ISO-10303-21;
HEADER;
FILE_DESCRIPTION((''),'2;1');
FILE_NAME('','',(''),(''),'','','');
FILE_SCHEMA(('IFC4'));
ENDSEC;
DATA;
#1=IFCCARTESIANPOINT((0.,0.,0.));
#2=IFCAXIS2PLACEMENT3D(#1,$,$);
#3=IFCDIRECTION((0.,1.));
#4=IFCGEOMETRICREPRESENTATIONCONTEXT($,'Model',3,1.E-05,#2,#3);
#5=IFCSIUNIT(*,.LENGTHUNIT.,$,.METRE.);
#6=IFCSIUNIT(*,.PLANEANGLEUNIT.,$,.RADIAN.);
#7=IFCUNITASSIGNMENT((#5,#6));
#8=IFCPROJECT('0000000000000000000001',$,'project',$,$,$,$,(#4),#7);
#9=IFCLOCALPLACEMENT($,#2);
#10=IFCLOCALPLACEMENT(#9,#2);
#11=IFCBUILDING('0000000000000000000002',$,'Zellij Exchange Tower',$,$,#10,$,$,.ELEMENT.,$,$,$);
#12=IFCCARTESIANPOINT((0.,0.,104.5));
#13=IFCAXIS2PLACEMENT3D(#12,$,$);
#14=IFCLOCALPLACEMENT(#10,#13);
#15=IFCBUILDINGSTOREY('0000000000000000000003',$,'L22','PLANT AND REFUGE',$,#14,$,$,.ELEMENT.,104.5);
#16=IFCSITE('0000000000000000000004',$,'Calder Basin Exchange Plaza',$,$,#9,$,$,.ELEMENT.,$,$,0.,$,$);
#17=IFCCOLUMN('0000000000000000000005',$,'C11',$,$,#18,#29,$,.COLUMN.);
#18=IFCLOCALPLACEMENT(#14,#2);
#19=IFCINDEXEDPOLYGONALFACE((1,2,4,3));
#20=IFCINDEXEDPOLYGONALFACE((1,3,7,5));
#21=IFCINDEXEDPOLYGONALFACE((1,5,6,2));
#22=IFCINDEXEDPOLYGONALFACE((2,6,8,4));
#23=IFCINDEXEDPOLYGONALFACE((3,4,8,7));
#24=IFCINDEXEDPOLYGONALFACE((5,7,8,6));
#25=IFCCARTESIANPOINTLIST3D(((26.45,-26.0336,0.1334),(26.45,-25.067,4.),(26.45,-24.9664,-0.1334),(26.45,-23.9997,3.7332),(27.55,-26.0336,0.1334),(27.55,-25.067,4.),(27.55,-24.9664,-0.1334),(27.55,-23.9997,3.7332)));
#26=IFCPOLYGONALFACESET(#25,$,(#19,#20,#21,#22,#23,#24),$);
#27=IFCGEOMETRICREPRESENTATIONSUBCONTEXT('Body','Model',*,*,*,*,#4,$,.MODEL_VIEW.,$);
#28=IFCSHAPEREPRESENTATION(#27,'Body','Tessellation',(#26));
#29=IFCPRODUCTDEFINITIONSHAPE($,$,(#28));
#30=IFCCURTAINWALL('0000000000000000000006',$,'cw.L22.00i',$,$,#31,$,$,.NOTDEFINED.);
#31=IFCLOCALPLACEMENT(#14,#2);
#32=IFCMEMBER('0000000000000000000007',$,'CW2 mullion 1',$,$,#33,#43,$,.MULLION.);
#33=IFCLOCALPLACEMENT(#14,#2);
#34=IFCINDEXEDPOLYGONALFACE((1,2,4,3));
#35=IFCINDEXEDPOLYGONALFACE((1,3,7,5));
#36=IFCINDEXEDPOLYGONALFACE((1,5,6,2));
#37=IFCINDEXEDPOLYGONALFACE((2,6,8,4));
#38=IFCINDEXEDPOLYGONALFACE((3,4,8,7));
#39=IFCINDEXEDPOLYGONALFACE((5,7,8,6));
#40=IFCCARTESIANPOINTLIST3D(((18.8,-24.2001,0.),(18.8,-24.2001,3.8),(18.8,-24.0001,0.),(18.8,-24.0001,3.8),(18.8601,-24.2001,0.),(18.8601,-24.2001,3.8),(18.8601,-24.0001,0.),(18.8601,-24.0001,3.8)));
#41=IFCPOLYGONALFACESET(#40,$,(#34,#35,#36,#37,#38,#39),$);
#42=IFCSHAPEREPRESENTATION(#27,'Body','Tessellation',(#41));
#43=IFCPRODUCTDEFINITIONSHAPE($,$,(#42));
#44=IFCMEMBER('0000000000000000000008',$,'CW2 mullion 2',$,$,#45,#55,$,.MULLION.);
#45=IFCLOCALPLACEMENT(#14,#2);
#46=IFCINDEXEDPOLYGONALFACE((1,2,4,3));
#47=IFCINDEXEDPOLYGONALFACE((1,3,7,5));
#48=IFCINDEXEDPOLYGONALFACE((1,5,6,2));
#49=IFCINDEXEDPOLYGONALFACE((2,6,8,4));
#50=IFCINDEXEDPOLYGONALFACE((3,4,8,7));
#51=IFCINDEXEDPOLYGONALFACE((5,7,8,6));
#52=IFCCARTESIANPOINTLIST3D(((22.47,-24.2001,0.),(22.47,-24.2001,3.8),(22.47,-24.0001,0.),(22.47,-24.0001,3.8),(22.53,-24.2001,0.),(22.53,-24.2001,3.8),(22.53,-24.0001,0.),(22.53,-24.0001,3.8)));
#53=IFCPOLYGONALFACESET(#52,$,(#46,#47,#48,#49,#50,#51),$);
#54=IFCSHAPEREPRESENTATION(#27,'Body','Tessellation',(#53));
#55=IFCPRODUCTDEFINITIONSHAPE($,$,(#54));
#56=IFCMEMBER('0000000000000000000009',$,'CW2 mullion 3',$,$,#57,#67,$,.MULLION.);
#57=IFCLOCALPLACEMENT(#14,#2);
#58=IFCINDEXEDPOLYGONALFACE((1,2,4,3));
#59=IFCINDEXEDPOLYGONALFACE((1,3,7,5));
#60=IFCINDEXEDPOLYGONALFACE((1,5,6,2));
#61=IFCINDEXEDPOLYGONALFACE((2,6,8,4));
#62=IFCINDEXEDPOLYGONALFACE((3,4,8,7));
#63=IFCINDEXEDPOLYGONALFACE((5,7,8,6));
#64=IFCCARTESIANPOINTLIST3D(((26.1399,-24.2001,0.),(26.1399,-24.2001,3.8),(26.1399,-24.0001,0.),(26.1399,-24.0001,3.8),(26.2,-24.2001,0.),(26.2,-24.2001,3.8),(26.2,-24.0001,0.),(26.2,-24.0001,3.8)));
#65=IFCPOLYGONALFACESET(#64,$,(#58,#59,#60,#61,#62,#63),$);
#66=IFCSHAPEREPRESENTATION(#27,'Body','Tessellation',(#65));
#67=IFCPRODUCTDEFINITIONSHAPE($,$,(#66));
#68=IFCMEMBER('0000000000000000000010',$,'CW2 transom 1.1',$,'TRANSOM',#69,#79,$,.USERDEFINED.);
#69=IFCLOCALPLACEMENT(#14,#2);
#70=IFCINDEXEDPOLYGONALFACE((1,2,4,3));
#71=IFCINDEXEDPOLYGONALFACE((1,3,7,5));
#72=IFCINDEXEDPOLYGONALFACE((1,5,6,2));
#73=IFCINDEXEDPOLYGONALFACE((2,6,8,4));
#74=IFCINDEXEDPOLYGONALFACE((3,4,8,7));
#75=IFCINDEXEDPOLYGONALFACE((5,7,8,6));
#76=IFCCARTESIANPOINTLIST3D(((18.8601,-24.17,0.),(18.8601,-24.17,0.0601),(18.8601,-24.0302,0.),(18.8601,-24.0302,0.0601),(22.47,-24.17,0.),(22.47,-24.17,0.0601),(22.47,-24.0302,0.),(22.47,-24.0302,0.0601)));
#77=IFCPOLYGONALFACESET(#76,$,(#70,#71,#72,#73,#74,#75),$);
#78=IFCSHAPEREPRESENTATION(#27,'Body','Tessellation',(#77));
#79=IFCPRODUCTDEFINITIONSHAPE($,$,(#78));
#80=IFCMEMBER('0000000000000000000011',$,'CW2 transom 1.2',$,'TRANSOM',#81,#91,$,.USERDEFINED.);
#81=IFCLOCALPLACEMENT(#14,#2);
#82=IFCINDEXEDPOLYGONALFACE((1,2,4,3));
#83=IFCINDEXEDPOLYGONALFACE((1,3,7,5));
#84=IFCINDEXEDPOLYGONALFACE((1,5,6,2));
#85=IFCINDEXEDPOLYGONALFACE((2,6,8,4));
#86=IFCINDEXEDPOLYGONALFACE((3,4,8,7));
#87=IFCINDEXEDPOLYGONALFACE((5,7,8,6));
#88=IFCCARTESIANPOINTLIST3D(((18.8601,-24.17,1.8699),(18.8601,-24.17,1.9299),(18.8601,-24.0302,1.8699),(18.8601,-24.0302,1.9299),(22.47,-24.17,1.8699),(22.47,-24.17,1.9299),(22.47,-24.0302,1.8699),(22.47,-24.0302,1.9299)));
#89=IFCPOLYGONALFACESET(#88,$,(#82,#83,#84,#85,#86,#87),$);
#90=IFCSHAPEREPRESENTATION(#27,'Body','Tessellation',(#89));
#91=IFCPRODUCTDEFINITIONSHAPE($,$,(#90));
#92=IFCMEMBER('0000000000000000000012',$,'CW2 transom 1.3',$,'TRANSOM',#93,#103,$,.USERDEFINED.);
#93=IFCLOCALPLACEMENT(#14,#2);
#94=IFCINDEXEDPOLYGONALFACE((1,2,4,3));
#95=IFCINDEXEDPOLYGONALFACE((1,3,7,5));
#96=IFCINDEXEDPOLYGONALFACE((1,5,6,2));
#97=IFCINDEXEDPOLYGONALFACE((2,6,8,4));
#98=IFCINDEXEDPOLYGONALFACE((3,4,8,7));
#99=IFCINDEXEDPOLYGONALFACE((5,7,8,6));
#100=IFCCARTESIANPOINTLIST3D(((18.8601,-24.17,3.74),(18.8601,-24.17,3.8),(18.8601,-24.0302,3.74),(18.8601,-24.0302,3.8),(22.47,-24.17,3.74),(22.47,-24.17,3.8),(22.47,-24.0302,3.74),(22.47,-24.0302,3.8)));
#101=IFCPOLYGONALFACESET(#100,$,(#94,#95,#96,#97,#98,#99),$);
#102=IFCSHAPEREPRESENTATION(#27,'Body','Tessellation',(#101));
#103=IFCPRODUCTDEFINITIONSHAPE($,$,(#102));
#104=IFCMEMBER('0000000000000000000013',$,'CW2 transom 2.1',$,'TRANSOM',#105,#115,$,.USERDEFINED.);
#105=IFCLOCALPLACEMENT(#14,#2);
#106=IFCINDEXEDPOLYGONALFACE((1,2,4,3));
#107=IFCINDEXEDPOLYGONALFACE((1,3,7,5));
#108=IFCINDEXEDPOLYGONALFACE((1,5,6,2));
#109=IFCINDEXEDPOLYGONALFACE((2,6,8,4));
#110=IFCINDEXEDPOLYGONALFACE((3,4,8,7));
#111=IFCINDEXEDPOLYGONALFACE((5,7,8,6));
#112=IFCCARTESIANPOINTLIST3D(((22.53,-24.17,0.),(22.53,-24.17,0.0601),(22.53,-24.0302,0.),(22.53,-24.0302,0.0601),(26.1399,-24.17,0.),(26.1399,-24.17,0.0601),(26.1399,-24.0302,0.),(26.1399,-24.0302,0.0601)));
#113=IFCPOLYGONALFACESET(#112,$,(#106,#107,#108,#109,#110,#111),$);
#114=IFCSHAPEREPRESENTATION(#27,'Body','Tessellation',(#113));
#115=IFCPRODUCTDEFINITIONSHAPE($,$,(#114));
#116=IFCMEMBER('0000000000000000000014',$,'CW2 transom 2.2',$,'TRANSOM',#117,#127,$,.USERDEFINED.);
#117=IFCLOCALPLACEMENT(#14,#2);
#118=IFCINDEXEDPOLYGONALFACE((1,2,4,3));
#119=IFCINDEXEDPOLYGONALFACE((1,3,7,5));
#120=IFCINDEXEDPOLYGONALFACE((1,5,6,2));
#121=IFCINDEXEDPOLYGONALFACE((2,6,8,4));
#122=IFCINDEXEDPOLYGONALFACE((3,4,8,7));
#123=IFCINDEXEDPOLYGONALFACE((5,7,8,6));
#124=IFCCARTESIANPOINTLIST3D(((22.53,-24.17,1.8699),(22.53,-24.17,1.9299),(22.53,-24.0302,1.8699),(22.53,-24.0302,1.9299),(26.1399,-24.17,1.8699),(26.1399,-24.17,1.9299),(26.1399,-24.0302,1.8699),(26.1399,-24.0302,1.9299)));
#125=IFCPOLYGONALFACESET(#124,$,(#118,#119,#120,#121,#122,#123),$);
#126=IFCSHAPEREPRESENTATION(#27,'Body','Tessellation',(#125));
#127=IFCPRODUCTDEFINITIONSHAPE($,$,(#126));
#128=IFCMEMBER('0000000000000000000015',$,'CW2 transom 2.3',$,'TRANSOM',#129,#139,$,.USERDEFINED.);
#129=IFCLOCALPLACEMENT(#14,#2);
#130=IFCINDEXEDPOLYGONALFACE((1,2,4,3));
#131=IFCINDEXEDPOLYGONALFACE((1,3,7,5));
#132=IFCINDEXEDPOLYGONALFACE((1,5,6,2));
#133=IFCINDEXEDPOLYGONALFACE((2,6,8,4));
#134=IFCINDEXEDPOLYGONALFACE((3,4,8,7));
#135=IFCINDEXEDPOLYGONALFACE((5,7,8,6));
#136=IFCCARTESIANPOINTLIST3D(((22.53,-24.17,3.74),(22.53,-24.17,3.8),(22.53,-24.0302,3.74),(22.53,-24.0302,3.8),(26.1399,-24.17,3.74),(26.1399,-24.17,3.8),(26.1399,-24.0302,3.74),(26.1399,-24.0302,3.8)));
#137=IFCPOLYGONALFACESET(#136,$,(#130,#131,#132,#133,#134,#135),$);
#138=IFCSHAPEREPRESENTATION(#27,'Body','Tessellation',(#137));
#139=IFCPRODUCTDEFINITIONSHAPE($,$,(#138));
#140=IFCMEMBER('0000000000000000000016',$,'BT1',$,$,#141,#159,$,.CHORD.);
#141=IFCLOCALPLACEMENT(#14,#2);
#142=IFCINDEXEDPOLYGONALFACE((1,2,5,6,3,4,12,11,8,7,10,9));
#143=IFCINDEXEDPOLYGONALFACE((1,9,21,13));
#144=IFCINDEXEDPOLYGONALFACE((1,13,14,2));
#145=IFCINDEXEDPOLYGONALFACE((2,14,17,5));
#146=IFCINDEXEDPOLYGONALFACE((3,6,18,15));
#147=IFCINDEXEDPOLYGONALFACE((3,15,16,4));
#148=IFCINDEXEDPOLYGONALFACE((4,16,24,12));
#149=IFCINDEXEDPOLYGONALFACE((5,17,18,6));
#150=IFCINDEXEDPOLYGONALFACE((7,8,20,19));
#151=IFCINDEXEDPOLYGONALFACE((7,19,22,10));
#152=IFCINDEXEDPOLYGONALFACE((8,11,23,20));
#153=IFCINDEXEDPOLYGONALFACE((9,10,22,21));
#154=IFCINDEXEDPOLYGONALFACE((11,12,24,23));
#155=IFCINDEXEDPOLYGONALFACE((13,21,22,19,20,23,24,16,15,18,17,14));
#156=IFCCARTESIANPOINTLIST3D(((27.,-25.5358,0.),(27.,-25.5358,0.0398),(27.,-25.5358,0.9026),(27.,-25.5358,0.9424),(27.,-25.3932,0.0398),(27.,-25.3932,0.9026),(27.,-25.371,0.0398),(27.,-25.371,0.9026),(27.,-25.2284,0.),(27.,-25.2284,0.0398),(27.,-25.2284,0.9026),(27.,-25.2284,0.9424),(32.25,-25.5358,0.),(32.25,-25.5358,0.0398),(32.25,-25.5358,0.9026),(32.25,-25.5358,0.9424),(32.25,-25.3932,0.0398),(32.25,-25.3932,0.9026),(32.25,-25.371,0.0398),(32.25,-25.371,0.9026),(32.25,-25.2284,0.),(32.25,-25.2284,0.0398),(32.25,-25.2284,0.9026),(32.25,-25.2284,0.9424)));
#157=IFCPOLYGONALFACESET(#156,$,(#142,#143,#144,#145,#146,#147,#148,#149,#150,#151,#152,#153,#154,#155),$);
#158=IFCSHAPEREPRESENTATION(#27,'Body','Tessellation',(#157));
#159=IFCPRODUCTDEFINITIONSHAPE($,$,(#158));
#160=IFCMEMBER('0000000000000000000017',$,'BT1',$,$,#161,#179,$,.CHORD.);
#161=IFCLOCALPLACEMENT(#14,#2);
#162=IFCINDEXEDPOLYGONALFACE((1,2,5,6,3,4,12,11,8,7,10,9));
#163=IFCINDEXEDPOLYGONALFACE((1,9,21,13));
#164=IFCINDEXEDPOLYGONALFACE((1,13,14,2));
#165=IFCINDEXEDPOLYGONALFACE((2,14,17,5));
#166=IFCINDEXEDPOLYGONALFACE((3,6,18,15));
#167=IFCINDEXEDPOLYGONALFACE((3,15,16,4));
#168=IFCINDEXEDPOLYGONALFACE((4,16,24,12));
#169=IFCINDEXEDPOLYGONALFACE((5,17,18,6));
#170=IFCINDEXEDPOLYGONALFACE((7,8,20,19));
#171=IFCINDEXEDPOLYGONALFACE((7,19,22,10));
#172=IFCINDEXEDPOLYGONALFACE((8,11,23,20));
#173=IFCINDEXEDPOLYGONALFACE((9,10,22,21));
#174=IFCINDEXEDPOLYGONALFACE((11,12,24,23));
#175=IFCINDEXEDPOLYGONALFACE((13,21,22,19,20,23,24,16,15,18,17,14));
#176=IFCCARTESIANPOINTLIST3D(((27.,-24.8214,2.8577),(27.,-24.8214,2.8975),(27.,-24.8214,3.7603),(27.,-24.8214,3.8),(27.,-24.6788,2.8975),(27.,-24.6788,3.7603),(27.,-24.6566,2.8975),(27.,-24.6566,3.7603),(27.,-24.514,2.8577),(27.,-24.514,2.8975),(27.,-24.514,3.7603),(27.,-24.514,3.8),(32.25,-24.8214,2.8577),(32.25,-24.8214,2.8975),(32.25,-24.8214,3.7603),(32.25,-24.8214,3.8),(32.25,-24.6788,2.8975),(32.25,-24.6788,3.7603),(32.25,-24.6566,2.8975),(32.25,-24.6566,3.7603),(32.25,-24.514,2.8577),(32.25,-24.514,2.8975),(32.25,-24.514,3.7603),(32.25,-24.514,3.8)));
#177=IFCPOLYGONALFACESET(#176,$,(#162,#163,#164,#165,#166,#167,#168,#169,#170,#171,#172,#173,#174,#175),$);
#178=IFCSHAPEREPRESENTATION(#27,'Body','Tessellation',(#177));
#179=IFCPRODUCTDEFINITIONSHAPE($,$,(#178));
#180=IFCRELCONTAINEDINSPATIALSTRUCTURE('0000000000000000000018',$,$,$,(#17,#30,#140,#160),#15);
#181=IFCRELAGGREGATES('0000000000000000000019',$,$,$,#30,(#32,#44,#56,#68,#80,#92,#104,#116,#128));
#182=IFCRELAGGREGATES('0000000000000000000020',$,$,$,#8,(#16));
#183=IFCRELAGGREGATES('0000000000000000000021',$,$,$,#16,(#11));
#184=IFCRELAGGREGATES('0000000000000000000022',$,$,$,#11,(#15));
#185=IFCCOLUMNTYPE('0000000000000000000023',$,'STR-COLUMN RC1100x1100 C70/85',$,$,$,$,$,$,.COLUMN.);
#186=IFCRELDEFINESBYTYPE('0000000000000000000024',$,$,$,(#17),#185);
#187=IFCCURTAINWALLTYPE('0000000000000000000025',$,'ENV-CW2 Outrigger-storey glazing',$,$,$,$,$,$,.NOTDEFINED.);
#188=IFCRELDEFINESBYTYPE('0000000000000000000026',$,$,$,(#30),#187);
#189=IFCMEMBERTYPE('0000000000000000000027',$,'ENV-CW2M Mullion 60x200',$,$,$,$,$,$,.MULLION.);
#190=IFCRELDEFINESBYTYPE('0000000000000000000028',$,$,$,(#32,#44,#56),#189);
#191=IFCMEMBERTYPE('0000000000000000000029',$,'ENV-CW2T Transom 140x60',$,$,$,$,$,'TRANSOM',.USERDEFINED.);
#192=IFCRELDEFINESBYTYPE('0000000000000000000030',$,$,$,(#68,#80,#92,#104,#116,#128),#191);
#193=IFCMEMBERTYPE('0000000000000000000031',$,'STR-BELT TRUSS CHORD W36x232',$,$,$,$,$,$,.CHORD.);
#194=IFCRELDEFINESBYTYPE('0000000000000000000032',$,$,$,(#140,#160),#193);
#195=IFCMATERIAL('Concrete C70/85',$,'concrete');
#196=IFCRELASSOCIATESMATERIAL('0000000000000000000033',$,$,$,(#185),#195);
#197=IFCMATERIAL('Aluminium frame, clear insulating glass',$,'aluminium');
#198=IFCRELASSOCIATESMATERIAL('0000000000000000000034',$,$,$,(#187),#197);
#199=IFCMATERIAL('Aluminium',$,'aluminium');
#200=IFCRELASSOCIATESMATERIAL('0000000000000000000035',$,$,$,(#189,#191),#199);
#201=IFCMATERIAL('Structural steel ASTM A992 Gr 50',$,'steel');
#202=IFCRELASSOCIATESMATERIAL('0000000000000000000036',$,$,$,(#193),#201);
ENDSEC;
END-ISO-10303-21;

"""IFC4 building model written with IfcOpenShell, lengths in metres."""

from ifc_helpers import new_model, si_unit, direction, frame, origin, origin_2d, place, context, subcontext, project, spatial, rectangle, i_section, extrude, clip, halfspace, material, material_profile, profile_set, type_object, element, aggregate, save


model = new_model("IFC4")

# Units and contexts
model_context = context("Model", 3, precision=1e-05, world=origin(), true_north=direction((0.0, 1.0)))
body_context = subcontext(model_context, "Body", "Model", "MODEL_VIEW")
ifc_project = project(units=[si_unit("LENGTHUNIT", "METRE"), si_unit("PLANEANGLEUNIT", "RADIAN")], contexts=[model_context])

# Site, building, storey
site_placement = place(None, origin())
site = spatial("IfcSite", under=ifc_project, at=site_placement, Name="Calder Basin Exchange Plaza", CompositionType="ELEMENT", RefElevation=0.0)
building_placement = place(site_placement, origin())
building = spatial("IfcBuilding", under=site, at=building_placement, Name="Zellij Exchange Tower", CompositionType="ELEMENT")
storey_placement = place(building_placement, frame((0.0, 0.0, 104.5)))
storey = spatial("IfcBuildingStorey", under=building, at=storey_placement, Name="L22", Description="PLANT AND REFUGE", CompositionType="ELEMENT", Elevation=104.5)

# Column
ifc_material_1 = material(Name="Concrete C70/85", Category="concrete")
ifc_material_profile_1 = material_profile(ifc_material_1, rectangle(XDim=1.1001, YDim=1.1001, at=origin_2d()), Name="STR-COLUMN RC1100x1100 C70/85")
ifc_profile_set_1 = profile_set([ifc_material_profile_1], Name="Concrete C70/85")
column_type = type_object("IfcColumnType", Name="STR-COLUMN RC1100x1100 C70/85", PredefinedType="COLUMN", material=ifc_profile_set_1)
column_placement = place(storey_placement, frame((27.0, -25.5, 0.0), z_axis=(0.0, 0.242536, 0.970143), x_axis=(-1.0, 0.0, 0.0)))
element("IfcColumn", 1, at=column_placement, inside=storey, type_object=column_type, Name="C11", PredefinedType="COLUMN", context=body_context, shape_type="Clipping", body=[
    clip(extrude(rectangle(XDim=1.1001, YDim=1.1001, at=origin_2d()), origin(), (0.0, 0.0, 1.0), 4.123), halfspace(frame((0.0, 0.0, 3.9856)), False)),
])

# Curtain wall, members
ifc_material_2 = material(Name="Aluminium frame, clear insulating glass", Category="aluminium")
curtain_wall_type = type_object("IfcCurtainWallType", Name="ENV-CW2 Outrigger-storey glazing", PredefinedType="NOTDEFINED", material=ifc_material_2)
curtain_wall_placement = place(storey_placement, origin())
curtain_wall = element("IfcCurtainWall", 2, at=curtain_wall_placement, inside=storey, type_object=curtain_wall_type, Name="cw.L22.00i", PredefinedType="NOTDEFINED")
ifc_material_3 = material(Name="Aluminium", Category="aluminium")
ifc_material_profile_2 = material_profile(ifc_material_3, rectangle(XDim=0.0601, YDim=0.2, at=origin_2d()), Name="AL 60x200")
ifc_profile_set_2 = profile_set([ifc_material_profile_2], Name="Aluminium")
member_type_1 = type_object("IfcMemberType", Name="ENV-CW2M Mullion 60x200", PredefinedType="MULLION", material=ifc_profile_set_2)
member_1_placement = place(storey_placement, frame((18.8301, -24.1001, 0.0), z_axis=(0.0, 0.0, 1.0), x_axis=(1.0, 0.0, 0.0)))
member_1 = element("IfcMember", 3, at=member_1_placement, type_object=member_type_1, Name="CW2 mullion 1", PredefinedType="MULLION", context=body_context, shape_type="SweptSolid", body=[
    extrude(rectangle(XDim=0.0601, YDim=0.2, at=origin_2d()), origin(), (0.0, 0.0, 1.0), 3.8),
])
member_2_placement = place(storey_placement, frame((22.5, -24.1001, 0.0), z_axis=(0.0, 0.0, 1.0), x_axis=(1.0, 0.0, 0.0)))
member_2 = element("IfcMember", 4, at=member_2_placement, type_object=member_type_1, Name="CW2 mullion 2", PredefinedType="MULLION", context=body_context, shape_type="SweptSolid", body=[
    extrude(rectangle(XDim=0.0601, YDim=0.2, at=origin_2d()), origin(), (0.0, 0.0, 1.0), 3.8),
])
member_3_placement = place(storey_placement, frame((26.1699, -24.1001, 0.0), z_axis=(0.0, 0.0, 1.0), x_axis=(1.0, 0.0, 0.0)))
member_3 = element("IfcMember", 5, at=member_3_placement, type_object=member_type_1, Name="CW2 mullion 3", PredefinedType="MULLION", context=body_context, shape_type="SweptSolid", body=[
    extrude(rectangle(XDim=0.0601, YDim=0.2, at=origin_2d()), origin(), (0.0, 0.0, 1.0), 3.8),
])
ifc_material_profile_3 = material_profile(ifc_material_3, rectangle(XDim=0.1399, YDim=0.0601, at=origin_2d()), Name="AL 140x60")
ifc_profile_set_3 = profile_set([ifc_material_profile_3], Name="Aluminium")
member_type_2 = type_object("IfcMemberType", Name="ENV-CW2T Transom 140x60", ElementType="TRANSOM", PredefinedType="USERDEFINED", material=ifc_profile_set_3)
member_4_placement = place(storey_placement, frame((18.8601, -24.1001, 0.03), z_axis=(1.0, 0.0, 0.0), x_axis=(0.0, 1.0, 0.0)))
member_4 = element("IfcMember", 6, at=member_4_placement, type_object=member_type_2, Name="CW2 transom 1.1", ObjectType="TRANSOM", PredefinedType="USERDEFINED", context=body_context, shape_type="SweptSolid", body=[
    extrude(rectangle(XDim=0.1399, YDim=0.0601, at=origin_2d()), origin(), (0.0, 0.0, 1.0), 3.6099),
])
member_5_placement = place(storey_placement, frame((18.8601, -24.1001, 1.8999), z_axis=(1.0, 0.0, 0.0), x_axis=(0.0, 1.0, 0.0)))
member_5 = element("IfcMember", 7, at=member_5_placement, type_object=member_type_2, Name="CW2 transom 1.2", ObjectType="TRANSOM", PredefinedType="USERDEFINED", context=body_context, shape_type="SweptSolid", body=[
    extrude(rectangle(XDim=0.1399, YDim=0.0601, at=origin_2d()), origin(), (0.0, 0.0, 1.0), 3.6099),
])
member_6_placement = place(storey_placement, frame((18.8601, -24.1001, 3.77), z_axis=(1.0, 0.0, 0.0), x_axis=(0.0, 1.0, 0.0)))
member_6 = element("IfcMember", 8, at=member_6_placement, type_object=member_type_2, Name="CW2 transom 1.3", ObjectType="TRANSOM", PredefinedType="USERDEFINED", context=body_context, shape_type="SweptSolid", body=[
    extrude(rectangle(XDim=0.1399, YDim=0.0601, at=origin_2d()), origin(), (0.0, 0.0, 1.0), 3.6099),
])
member_7_placement = place(storey_placement, frame((22.53, -24.1001, 0.03), z_axis=(1.0, 0.0, 0.0), x_axis=(0.0, 1.0, 0.0)))
member_7 = element("IfcMember", 9, at=member_7_placement, type_object=member_type_2, Name="CW2 transom 2.1", ObjectType="TRANSOM", PredefinedType="USERDEFINED", context=body_context, shape_type="SweptSolid", body=[
    extrude(rectangle(XDim=0.1399, YDim=0.0601, at=origin_2d()), origin(), (0.0, 0.0, 1.0), 3.6099),
])
member_8_placement = place(storey_placement, frame((22.53, -24.1001, 1.8999), z_axis=(1.0, 0.0, 0.0), x_axis=(0.0, 1.0, 0.0)))
member_8 = element("IfcMember", 10, at=member_8_placement, type_object=member_type_2, Name="CW2 transom 2.2", ObjectType="TRANSOM", PredefinedType="USERDEFINED", context=body_context, shape_type="SweptSolid", body=[
    extrude(rectangle(XDim=0.1399, YDim=0.0601, at=origin_2d()), origin(), (0.0, 0.0, 1.0), 3.6099),
])
member_9_placement = place(storey_placement, frame((22.53, -24.1001, 3.77), z_axis=(1.0, 0.0, 0.0), x_axis=(0.0, 1.0, 0.0)))
member_9 = element("IfcMember", 11, at=member_9_placement, type_object=member_type_2, Name="CW2 transom 2.3", ObjectType="TRANSOM", PredefinedType="USERDEFINED", context=body_context, shape_type="SweptSolid", body=[
    extrude(rectangle(XDim=0.1399, YDim=0.0601, at=origin_2d()), origin(), (0.0, 0.0, 1.0), 3.6099),
])

# Members
ifc_material_4 = material(Name="Structural steel ASTM A992 Gr 50", Category="steel")
ifc_material_profile_4 = material_profile(ifc_material_4, i_section(OverallWidth=0.3074, OverallDepth=0.9424, WebThickness=0.0222, FlangeThickness=0.0398, at=origin_2d()), Name="W36x232")
ifc_profile_set_4 = profile_set([ifc_material_profile_4], Name="Structural steel ASTM A992 Gr 50")
member_type_3 = type_object("IfcMemberType", Name="STR-BELT TRUSS CHORD W36x232", PredefinedType="CHORD", material=ifc_profile_set_4)
for number, where, z_axis, x_axis, name in (
    (12, (27.0, -25.3821, 0.4712), (1.0, 0.0, 0.0), (0.0, 1.0, 0.0), "BT1"),
    (13, (27.0, -24.6677, 3.3289), (1.0, 0.0, 0.0), (0.0, 1.0, 0.0), "BT1"),
):
    element("IfcMember", number, at=place(storey_placement, frame(where, z_axis=z_axis, x_axis=x_axis)), inside=storey, type_object=member_type_3, Name=name, PredefinedType="CHORD", context=body_context, shape_type="SweptSolid", body=[
        extrude(i_section(OverallWidth=0.3074, OverallDepth=0.9424, WebThickness=0.0222, FlangeThickness=0.0398, at=origin_2d()), origin(), (0.0, 0.0, 1.0), 5.25),
    ])

aggregate(curtain_wall, [member_1, member_2, member_3, member_4, member_5, member_6, member_7, member_8, member_9])

save(model, "model.ifc")
